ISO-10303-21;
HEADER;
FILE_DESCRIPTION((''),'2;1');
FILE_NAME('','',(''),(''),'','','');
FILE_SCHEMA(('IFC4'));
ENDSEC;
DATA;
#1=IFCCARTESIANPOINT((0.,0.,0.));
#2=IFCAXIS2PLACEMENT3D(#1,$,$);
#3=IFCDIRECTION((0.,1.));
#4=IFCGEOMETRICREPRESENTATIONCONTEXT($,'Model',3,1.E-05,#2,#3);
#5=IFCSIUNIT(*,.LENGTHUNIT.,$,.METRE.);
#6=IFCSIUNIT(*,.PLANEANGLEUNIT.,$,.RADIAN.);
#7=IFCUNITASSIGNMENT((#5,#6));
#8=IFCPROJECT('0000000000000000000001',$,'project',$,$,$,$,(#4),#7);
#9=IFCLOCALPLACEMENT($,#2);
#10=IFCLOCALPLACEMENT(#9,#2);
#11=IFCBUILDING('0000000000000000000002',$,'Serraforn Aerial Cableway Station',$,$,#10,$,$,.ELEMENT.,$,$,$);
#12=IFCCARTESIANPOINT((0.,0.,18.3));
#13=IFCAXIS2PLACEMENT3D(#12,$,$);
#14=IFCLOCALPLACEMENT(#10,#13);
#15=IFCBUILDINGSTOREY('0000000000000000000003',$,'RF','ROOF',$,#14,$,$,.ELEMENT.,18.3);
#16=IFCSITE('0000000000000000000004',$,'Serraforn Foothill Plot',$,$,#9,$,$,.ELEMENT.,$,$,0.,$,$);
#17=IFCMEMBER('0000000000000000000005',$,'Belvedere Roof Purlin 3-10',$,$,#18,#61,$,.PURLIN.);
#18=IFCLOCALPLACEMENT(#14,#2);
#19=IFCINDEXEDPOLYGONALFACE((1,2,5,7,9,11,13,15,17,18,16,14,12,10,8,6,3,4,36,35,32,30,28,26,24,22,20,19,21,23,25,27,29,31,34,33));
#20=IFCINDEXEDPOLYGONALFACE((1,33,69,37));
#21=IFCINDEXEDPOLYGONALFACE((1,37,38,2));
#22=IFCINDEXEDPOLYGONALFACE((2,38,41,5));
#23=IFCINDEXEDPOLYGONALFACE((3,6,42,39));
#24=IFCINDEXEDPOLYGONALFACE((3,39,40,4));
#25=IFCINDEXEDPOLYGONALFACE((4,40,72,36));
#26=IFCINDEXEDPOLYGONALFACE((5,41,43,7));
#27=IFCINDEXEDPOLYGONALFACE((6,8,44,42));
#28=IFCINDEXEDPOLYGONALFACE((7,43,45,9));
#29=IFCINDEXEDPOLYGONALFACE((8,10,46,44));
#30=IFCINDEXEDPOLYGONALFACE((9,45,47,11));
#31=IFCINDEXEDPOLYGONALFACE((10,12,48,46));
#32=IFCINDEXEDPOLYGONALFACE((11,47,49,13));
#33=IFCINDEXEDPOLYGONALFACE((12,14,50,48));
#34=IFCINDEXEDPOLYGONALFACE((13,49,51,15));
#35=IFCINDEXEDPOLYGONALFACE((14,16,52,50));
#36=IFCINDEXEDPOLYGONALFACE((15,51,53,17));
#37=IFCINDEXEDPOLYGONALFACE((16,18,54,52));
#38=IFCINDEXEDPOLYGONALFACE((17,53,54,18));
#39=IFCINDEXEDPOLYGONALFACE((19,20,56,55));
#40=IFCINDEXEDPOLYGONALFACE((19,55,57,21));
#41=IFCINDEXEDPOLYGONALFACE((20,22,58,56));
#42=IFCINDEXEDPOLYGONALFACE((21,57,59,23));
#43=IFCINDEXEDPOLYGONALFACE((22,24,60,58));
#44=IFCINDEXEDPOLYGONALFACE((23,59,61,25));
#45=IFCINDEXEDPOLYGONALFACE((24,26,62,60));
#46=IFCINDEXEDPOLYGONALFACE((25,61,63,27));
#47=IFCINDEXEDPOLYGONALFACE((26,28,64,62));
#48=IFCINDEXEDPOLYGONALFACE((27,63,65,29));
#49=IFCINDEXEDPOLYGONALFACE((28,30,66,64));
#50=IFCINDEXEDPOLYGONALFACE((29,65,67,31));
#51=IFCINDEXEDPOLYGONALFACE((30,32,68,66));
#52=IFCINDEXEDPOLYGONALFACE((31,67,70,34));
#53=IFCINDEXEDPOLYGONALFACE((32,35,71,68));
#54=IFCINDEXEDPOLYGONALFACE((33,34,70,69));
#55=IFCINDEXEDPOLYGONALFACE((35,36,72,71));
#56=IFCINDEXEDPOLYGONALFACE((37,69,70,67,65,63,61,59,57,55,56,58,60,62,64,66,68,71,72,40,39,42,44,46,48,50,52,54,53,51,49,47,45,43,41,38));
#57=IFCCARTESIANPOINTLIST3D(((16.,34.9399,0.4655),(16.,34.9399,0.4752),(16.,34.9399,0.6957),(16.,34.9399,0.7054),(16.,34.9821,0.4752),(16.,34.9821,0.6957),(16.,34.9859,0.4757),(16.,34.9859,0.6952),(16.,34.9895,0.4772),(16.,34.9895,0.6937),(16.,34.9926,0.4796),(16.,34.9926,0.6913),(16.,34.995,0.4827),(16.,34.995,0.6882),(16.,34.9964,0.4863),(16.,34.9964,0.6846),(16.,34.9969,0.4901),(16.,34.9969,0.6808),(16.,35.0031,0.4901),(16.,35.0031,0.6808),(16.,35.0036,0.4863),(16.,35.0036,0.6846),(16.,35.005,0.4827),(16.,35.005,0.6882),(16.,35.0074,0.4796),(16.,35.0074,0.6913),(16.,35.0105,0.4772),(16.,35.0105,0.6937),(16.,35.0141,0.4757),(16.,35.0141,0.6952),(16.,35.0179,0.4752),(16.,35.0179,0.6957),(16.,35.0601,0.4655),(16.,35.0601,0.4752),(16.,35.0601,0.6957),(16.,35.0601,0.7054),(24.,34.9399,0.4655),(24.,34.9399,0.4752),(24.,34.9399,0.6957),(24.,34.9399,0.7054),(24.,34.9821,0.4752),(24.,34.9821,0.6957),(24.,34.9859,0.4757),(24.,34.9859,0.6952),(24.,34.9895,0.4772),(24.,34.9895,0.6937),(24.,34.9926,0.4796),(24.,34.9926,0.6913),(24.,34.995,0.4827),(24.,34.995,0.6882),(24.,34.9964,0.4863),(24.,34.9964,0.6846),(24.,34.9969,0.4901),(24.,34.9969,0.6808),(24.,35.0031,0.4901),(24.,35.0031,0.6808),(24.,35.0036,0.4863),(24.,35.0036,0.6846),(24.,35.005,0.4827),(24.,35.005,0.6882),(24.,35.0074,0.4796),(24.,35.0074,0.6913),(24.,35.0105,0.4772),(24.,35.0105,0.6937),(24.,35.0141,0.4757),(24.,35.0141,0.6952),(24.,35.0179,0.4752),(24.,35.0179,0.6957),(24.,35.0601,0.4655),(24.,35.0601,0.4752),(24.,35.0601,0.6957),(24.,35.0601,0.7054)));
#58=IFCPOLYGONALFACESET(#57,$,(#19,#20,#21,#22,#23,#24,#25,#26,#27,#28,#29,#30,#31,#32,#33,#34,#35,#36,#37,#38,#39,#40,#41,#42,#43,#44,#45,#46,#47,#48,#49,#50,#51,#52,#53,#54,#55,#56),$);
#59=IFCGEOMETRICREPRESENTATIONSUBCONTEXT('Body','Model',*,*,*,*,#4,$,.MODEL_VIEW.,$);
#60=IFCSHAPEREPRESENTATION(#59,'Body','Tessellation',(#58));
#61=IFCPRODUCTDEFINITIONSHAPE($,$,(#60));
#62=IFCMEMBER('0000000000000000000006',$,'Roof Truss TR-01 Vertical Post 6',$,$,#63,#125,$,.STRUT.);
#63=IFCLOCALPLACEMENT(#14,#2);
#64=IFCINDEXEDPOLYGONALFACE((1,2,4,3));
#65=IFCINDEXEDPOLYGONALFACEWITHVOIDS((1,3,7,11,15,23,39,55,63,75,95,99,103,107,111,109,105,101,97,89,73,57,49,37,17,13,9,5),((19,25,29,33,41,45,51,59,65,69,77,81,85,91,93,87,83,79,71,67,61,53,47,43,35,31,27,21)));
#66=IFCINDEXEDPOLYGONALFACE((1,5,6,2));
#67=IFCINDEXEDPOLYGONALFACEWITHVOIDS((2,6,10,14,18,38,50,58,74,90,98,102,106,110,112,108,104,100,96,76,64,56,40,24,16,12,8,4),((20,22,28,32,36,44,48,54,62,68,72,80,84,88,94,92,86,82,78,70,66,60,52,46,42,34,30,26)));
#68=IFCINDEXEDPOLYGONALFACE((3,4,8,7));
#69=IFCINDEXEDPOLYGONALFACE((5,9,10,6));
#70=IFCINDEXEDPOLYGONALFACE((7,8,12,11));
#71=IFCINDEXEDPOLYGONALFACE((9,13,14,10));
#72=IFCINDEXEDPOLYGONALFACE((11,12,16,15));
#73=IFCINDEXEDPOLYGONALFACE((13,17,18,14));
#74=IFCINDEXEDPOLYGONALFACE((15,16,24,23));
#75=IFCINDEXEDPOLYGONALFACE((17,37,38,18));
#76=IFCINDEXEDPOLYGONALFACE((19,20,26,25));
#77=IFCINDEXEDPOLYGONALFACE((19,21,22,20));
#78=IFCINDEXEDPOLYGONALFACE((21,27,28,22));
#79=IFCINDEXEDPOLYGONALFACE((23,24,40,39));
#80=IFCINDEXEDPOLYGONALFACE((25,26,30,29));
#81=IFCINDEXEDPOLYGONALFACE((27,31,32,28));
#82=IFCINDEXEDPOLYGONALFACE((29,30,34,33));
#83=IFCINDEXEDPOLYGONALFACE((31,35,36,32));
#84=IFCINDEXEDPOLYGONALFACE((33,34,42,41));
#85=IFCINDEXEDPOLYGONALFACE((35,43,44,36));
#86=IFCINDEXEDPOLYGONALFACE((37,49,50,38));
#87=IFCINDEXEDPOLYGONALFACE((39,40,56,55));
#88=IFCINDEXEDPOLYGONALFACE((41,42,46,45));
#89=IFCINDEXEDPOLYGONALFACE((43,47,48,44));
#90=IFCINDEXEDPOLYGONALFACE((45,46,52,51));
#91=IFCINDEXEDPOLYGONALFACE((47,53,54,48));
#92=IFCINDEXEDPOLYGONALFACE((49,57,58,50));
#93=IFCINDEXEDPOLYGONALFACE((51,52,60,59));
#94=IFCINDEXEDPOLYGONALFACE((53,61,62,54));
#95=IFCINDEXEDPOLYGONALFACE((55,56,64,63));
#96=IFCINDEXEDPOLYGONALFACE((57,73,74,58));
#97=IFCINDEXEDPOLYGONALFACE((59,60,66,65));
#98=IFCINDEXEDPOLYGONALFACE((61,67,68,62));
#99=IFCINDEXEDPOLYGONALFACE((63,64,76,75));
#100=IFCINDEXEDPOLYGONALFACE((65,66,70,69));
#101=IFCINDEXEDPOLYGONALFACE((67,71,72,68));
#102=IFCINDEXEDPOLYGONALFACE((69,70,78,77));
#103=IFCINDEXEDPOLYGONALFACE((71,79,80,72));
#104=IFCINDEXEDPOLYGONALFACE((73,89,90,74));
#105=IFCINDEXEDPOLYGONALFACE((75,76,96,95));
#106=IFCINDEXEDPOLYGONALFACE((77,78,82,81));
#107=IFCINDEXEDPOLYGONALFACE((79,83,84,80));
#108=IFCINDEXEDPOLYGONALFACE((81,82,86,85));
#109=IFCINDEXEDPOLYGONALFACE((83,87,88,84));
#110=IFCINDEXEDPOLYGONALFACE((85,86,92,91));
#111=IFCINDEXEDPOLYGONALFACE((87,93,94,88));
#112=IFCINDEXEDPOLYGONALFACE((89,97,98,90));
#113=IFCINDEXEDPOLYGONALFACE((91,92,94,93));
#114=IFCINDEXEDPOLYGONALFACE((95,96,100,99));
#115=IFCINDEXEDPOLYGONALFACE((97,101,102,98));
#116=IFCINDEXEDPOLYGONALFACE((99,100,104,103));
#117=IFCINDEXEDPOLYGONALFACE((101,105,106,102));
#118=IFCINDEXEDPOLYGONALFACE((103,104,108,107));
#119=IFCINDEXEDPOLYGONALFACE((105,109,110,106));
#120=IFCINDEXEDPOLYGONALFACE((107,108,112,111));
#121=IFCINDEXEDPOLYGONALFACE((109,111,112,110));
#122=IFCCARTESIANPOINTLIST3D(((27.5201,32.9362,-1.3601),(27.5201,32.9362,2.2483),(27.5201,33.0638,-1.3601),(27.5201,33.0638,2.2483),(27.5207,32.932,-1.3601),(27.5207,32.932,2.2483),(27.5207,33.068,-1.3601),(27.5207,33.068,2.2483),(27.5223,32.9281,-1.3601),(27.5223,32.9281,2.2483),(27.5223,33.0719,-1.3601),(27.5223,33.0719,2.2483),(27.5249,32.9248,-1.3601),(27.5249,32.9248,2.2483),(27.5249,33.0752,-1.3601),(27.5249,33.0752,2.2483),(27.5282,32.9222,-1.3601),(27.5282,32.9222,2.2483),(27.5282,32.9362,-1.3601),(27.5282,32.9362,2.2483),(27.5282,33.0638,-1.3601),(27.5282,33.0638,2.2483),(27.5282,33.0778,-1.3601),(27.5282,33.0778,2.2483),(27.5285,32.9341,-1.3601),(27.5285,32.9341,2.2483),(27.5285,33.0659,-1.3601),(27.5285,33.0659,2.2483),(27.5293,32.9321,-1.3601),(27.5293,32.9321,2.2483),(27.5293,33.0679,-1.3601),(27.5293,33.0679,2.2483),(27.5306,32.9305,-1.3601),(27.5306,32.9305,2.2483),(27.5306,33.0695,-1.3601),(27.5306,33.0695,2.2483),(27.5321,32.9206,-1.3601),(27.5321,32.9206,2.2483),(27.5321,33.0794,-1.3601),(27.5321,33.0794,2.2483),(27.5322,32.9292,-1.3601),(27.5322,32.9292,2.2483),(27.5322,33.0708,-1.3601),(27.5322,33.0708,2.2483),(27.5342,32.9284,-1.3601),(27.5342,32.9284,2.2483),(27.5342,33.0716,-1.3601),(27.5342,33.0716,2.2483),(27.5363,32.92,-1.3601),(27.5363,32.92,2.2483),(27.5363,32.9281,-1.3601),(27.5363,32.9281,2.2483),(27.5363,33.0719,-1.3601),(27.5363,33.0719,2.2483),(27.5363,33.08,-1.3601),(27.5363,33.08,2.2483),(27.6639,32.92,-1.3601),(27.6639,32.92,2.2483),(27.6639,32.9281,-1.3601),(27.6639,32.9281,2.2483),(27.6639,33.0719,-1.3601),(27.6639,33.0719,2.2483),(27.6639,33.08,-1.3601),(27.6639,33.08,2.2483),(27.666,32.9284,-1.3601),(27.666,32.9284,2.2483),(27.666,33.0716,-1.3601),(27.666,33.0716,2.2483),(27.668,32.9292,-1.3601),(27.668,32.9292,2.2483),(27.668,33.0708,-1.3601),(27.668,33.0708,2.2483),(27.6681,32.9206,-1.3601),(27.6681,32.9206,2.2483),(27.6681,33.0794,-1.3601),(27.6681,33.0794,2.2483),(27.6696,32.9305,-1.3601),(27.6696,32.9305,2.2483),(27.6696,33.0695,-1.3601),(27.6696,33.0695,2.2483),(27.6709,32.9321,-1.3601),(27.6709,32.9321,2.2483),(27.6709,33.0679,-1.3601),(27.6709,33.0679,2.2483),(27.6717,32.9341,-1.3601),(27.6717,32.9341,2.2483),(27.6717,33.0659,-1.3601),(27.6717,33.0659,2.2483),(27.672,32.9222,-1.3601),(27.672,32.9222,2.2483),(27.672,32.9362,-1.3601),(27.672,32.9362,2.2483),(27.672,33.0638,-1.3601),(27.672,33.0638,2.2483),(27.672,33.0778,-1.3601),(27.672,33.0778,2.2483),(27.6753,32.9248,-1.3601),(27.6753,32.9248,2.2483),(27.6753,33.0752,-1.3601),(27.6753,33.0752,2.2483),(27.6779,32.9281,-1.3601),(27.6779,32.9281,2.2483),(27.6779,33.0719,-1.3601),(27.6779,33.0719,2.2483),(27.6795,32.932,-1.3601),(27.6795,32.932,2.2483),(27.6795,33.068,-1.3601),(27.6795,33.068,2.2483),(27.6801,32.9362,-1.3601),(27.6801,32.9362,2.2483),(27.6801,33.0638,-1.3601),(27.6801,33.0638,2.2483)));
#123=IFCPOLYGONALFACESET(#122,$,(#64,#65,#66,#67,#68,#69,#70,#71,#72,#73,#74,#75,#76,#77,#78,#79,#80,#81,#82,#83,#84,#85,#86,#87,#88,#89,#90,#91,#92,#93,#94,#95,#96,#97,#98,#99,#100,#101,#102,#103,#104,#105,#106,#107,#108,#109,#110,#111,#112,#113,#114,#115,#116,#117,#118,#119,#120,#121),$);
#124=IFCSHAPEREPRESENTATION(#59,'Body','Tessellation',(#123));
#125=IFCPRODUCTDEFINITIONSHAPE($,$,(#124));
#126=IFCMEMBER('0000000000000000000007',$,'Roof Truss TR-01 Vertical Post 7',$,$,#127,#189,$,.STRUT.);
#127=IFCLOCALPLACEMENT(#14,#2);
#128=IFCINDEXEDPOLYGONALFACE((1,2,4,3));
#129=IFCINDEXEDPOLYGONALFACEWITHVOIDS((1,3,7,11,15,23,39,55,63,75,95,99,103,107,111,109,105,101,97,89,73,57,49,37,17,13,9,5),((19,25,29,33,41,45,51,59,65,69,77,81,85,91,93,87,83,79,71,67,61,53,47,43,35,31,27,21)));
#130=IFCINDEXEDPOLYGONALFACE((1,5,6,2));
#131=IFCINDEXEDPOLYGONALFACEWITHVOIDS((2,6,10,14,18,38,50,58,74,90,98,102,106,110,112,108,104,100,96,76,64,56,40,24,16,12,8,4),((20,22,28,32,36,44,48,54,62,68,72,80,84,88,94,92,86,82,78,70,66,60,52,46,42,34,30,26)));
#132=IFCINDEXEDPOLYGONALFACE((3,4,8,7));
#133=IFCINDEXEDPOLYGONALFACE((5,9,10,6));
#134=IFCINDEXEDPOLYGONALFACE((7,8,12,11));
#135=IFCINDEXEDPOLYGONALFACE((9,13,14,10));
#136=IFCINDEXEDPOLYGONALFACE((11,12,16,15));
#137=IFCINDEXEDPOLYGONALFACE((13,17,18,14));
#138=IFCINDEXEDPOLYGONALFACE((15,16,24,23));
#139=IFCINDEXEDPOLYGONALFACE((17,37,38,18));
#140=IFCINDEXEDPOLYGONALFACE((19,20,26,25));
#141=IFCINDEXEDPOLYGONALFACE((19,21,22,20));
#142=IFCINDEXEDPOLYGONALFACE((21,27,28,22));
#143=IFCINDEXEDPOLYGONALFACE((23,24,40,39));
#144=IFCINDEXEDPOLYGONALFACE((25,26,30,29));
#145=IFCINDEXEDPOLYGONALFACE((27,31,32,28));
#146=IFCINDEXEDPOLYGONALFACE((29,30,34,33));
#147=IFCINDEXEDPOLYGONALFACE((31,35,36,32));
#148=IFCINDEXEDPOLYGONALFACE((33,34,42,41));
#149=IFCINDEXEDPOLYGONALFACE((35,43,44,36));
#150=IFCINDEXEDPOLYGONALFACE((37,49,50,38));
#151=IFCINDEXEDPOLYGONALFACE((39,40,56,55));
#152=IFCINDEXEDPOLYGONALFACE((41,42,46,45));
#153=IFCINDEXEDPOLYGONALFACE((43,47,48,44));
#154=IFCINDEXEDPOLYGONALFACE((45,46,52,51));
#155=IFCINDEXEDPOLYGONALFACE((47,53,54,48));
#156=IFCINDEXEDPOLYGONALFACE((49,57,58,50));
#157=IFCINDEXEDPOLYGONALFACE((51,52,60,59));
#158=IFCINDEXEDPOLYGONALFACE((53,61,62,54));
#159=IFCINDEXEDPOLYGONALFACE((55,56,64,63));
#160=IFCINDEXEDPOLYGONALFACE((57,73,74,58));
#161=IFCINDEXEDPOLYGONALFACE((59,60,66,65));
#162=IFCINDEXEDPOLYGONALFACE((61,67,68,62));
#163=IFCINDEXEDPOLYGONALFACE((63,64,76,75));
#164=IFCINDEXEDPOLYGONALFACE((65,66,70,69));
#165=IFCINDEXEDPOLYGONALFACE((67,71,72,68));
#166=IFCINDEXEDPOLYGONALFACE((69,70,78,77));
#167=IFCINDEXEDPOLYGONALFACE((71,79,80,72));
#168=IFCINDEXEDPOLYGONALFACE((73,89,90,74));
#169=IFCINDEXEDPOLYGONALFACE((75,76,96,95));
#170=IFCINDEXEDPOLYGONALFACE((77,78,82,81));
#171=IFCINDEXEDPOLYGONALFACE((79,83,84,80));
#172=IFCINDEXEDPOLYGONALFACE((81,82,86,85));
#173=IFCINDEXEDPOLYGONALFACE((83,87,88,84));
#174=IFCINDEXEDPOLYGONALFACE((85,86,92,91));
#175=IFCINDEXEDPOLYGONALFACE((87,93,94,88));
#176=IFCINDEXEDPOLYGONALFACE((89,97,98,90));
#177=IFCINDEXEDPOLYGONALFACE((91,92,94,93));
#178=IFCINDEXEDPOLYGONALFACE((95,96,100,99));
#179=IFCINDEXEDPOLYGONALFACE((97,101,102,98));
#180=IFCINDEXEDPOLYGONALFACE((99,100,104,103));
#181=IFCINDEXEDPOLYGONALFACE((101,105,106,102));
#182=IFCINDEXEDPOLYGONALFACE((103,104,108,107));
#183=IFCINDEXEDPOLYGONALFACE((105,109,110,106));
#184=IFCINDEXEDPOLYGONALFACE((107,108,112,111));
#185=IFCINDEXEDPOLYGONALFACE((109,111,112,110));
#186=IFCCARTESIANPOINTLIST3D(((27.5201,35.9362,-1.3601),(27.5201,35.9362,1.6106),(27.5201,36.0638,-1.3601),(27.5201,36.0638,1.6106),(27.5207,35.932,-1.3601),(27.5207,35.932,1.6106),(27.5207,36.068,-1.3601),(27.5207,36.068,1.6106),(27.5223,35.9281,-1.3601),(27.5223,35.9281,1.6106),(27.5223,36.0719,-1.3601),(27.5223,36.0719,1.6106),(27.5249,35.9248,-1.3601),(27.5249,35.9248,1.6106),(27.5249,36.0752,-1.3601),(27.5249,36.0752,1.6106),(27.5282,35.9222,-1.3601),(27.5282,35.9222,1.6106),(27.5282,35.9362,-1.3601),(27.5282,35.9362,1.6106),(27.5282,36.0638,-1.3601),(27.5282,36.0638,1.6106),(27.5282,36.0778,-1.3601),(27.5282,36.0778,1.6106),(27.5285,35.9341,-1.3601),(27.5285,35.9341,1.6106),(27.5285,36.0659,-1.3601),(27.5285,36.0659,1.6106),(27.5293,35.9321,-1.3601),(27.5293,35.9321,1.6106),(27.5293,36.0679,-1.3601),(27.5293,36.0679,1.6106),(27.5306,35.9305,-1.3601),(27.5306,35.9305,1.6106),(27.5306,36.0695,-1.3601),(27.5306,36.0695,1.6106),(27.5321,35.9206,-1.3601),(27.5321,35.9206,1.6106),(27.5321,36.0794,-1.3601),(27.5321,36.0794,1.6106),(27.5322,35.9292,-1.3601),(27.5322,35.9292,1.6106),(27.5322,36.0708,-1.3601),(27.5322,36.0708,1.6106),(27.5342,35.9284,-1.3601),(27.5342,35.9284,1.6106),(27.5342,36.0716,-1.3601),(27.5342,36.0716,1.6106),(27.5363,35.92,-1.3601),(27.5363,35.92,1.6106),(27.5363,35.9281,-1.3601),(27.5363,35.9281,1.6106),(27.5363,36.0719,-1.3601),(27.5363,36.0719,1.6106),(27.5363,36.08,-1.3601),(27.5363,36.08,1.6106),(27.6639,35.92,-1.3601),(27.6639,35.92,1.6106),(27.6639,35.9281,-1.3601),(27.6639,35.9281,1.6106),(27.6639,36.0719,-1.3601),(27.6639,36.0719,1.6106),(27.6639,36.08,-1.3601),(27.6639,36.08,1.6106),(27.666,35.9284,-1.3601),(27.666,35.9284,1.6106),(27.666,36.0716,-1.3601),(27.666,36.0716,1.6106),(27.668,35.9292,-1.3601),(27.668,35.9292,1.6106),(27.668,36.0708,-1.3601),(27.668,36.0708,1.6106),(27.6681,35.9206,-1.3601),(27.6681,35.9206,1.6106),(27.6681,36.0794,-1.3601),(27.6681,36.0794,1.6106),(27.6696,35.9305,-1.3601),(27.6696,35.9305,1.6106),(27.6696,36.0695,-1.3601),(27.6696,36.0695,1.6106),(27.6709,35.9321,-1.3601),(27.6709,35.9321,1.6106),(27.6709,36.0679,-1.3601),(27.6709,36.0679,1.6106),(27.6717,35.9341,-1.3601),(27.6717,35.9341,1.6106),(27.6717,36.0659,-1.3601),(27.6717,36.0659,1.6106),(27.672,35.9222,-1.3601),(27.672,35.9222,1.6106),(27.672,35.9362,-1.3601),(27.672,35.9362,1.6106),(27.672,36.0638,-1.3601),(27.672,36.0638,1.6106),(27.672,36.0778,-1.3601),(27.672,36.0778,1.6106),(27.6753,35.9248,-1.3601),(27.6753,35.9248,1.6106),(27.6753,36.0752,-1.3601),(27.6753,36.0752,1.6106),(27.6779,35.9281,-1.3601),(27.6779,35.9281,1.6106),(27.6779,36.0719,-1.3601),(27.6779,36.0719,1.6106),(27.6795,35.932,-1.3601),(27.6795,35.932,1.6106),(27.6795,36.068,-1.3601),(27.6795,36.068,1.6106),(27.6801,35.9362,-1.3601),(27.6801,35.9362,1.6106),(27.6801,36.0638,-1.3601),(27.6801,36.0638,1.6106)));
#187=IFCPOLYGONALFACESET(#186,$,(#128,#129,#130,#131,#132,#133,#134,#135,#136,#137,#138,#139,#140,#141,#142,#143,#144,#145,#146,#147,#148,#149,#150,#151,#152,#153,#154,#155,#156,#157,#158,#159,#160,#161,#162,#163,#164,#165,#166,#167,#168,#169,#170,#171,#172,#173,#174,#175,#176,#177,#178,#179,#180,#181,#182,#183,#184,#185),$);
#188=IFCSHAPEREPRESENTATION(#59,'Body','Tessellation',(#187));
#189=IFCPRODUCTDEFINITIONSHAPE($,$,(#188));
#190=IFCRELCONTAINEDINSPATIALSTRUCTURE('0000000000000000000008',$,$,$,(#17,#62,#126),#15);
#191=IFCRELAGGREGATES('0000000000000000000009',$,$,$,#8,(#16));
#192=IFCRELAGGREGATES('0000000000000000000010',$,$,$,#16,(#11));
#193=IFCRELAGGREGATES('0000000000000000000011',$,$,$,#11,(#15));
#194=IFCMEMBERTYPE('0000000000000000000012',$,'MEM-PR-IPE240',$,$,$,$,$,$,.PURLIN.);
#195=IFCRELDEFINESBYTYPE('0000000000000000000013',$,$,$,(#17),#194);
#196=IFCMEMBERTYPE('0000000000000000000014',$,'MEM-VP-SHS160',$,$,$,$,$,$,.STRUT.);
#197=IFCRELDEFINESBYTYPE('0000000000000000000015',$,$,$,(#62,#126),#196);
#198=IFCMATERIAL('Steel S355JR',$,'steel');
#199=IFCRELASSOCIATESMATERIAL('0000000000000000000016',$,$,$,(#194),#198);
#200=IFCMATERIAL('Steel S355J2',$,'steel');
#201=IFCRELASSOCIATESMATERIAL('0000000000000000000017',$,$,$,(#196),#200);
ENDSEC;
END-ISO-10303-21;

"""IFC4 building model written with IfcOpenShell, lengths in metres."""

from ifc_helpers import new_model, si_unit, direction, frame, origin, origin_2d, place, context, subcontext, project, spatial, hollow_rectangle, i_section, extrude, material, material_profile, profile_set, type_object, element, save


model = new_model("IFC4")

# Units and contexts
model_context = context("Model", 3, precision=1e-05, world=origin(), true_north=direction((0.0, 1.0)))
body_context = subcontext(model_context, "Body", "Model", "MODEL_VIEW")
ifc_project = project(units=[si_unit("LENGTHUNIT", "METRE"), si_unit("PLANEANGLEUNIT", "RADIAN")], contexts=[model_context])

# Site, building, storey
site_placement = place(None, origin())
site = spatial("IfcSite", under=ifc_project, at=site_placement, Name="Serraforn Foothill Plot", CompositionType="ELEMENT", RefElevation=0.0)
building_placement = place(site_placement, origin())
building = spatial("IfcBuilding", under=site, at=building_placement, Name="Serraforn Aerial Cableway Station", CompositionType="ELEMENT")
storey_placement = place(building_placement, frame((0.0, 0.0, 18.3)))
storey = spatial("IfcBuildingStorey", under=building, at=storey_placement, Name="RF", Description="ROOF", CompositionType="ELEMENT", Elevation=18.3)

# Shared definitions
ifc_material_1 = material(Name="Steel S355JR", Category="steel")
ifc_material_2 = material(Name="Steel S355J2", Category="steel")

# Members
ifc_material_profile_1 = material_profile(ifc_material_1, i_section(OverallWidth=0.1201, OverallDepth=0.24, WebThickness=0.0061, FlangeThickness=0.0098, FilletRadius=0.0149, at=origin_2d()), Name="IPE 240")
ifc_profile_set_1 = profile_set([ifc_material_profile_1], Name="Steel S355JR")
member_type_1 = type_object("IfcMemberType", Name="MEM-PR-IPE240", PredefinedType="PURLIN", material=ifc_profile_set_1)
member_1_placement = place(storey_placement, frame((16.0, 35.0, 0.5854), z_axis=(1.0, 0.0, 0.0), x_axis=(0.0, 1.0, 0.0)))
element("IfcMember", 1, at=member_1_placement, inside=storey, type_object=member_type_1, Name="Belvedere Roof Purlin 3-10", PredefinedType="PURLIN", context=body_context, shape_type="SweptSolid", body=[
    extrude(i_section(OverallWidth=0.1201, OverallDepth=0.24, WebThickness=0.0061, FlangeThickness=0.0098, FilletRadius=0.0149, at=origin_2d()), origin(), (0.0, 0.0, 1.0), 8.0),
])
ifc_material_profile_2 = material_profile(ifc_material_2, hollow_rectangle(XDim=0.1599, YDim=0.1599, WallThickness=0.0081, InnerFilletRadius=0.0081, OuterFilletRadius=0.0161, at=origin_2d()), Name="SHS 160x160x8.0")
ifc_profile_set_2 = profile_set([ifc_material_profile_2], Name="Steel S355J2")
member_type_2 = type_object("IfcMemberType", Name="MEM-VP-SHS160", PredefinedType="STRUT", material=ifc_profile_set_2)
member_2_placement = place(storey_placement, frame((27.6001, 33.0, -1.3601), z_axis=(0.0, 0.0, 1.0), x_axis=(1.0, 0.0, 0.0)))
element("IfcMember", 2, at=member_2_placement, inside=storey, type_object=member_type_2, Name="Roof Truss TR-01 Vertical Post 6", PredefinedType="STRUT", context=body_context, shape_type="SweptSolid", body=[
    extrude(hollow_rectangle(XDim=0.1599, YDim=0.1599, WallThickness=0.0081, InnerFilletRadius=0.0081, OuterFilletRadius=0.0161, at=origin_2d()), origin(), (0.0, 0.0, 1.0), 3.6084),
])
member_3_placement = place(storey_placement, frame((27.6001, 36.0, -1.3601), z_axis=(0.0, 0.0, 1.0), x_axis=(1.0, 0.0, 0.0)))
element("IfcMember", 3, at=member_3_placement, inside=storey, type_object=member_type_2, Name="Roof Truss TR-01 Vertical Post 7", PredefinedType="STRUT", context=body_context, shape_type="SweptSolid", body=[
    extrude(hollow_rectangle(XDim=0.1599, YDim=0.1599, WallThickness=0.0081, InnerFilletRadius=0.0081, OuterFilletRadius=0.0161, at=origin_2d()), origin(), (0.0, 0.0, 1.0), 2.9707),
])

save(model, "model.ifc")
